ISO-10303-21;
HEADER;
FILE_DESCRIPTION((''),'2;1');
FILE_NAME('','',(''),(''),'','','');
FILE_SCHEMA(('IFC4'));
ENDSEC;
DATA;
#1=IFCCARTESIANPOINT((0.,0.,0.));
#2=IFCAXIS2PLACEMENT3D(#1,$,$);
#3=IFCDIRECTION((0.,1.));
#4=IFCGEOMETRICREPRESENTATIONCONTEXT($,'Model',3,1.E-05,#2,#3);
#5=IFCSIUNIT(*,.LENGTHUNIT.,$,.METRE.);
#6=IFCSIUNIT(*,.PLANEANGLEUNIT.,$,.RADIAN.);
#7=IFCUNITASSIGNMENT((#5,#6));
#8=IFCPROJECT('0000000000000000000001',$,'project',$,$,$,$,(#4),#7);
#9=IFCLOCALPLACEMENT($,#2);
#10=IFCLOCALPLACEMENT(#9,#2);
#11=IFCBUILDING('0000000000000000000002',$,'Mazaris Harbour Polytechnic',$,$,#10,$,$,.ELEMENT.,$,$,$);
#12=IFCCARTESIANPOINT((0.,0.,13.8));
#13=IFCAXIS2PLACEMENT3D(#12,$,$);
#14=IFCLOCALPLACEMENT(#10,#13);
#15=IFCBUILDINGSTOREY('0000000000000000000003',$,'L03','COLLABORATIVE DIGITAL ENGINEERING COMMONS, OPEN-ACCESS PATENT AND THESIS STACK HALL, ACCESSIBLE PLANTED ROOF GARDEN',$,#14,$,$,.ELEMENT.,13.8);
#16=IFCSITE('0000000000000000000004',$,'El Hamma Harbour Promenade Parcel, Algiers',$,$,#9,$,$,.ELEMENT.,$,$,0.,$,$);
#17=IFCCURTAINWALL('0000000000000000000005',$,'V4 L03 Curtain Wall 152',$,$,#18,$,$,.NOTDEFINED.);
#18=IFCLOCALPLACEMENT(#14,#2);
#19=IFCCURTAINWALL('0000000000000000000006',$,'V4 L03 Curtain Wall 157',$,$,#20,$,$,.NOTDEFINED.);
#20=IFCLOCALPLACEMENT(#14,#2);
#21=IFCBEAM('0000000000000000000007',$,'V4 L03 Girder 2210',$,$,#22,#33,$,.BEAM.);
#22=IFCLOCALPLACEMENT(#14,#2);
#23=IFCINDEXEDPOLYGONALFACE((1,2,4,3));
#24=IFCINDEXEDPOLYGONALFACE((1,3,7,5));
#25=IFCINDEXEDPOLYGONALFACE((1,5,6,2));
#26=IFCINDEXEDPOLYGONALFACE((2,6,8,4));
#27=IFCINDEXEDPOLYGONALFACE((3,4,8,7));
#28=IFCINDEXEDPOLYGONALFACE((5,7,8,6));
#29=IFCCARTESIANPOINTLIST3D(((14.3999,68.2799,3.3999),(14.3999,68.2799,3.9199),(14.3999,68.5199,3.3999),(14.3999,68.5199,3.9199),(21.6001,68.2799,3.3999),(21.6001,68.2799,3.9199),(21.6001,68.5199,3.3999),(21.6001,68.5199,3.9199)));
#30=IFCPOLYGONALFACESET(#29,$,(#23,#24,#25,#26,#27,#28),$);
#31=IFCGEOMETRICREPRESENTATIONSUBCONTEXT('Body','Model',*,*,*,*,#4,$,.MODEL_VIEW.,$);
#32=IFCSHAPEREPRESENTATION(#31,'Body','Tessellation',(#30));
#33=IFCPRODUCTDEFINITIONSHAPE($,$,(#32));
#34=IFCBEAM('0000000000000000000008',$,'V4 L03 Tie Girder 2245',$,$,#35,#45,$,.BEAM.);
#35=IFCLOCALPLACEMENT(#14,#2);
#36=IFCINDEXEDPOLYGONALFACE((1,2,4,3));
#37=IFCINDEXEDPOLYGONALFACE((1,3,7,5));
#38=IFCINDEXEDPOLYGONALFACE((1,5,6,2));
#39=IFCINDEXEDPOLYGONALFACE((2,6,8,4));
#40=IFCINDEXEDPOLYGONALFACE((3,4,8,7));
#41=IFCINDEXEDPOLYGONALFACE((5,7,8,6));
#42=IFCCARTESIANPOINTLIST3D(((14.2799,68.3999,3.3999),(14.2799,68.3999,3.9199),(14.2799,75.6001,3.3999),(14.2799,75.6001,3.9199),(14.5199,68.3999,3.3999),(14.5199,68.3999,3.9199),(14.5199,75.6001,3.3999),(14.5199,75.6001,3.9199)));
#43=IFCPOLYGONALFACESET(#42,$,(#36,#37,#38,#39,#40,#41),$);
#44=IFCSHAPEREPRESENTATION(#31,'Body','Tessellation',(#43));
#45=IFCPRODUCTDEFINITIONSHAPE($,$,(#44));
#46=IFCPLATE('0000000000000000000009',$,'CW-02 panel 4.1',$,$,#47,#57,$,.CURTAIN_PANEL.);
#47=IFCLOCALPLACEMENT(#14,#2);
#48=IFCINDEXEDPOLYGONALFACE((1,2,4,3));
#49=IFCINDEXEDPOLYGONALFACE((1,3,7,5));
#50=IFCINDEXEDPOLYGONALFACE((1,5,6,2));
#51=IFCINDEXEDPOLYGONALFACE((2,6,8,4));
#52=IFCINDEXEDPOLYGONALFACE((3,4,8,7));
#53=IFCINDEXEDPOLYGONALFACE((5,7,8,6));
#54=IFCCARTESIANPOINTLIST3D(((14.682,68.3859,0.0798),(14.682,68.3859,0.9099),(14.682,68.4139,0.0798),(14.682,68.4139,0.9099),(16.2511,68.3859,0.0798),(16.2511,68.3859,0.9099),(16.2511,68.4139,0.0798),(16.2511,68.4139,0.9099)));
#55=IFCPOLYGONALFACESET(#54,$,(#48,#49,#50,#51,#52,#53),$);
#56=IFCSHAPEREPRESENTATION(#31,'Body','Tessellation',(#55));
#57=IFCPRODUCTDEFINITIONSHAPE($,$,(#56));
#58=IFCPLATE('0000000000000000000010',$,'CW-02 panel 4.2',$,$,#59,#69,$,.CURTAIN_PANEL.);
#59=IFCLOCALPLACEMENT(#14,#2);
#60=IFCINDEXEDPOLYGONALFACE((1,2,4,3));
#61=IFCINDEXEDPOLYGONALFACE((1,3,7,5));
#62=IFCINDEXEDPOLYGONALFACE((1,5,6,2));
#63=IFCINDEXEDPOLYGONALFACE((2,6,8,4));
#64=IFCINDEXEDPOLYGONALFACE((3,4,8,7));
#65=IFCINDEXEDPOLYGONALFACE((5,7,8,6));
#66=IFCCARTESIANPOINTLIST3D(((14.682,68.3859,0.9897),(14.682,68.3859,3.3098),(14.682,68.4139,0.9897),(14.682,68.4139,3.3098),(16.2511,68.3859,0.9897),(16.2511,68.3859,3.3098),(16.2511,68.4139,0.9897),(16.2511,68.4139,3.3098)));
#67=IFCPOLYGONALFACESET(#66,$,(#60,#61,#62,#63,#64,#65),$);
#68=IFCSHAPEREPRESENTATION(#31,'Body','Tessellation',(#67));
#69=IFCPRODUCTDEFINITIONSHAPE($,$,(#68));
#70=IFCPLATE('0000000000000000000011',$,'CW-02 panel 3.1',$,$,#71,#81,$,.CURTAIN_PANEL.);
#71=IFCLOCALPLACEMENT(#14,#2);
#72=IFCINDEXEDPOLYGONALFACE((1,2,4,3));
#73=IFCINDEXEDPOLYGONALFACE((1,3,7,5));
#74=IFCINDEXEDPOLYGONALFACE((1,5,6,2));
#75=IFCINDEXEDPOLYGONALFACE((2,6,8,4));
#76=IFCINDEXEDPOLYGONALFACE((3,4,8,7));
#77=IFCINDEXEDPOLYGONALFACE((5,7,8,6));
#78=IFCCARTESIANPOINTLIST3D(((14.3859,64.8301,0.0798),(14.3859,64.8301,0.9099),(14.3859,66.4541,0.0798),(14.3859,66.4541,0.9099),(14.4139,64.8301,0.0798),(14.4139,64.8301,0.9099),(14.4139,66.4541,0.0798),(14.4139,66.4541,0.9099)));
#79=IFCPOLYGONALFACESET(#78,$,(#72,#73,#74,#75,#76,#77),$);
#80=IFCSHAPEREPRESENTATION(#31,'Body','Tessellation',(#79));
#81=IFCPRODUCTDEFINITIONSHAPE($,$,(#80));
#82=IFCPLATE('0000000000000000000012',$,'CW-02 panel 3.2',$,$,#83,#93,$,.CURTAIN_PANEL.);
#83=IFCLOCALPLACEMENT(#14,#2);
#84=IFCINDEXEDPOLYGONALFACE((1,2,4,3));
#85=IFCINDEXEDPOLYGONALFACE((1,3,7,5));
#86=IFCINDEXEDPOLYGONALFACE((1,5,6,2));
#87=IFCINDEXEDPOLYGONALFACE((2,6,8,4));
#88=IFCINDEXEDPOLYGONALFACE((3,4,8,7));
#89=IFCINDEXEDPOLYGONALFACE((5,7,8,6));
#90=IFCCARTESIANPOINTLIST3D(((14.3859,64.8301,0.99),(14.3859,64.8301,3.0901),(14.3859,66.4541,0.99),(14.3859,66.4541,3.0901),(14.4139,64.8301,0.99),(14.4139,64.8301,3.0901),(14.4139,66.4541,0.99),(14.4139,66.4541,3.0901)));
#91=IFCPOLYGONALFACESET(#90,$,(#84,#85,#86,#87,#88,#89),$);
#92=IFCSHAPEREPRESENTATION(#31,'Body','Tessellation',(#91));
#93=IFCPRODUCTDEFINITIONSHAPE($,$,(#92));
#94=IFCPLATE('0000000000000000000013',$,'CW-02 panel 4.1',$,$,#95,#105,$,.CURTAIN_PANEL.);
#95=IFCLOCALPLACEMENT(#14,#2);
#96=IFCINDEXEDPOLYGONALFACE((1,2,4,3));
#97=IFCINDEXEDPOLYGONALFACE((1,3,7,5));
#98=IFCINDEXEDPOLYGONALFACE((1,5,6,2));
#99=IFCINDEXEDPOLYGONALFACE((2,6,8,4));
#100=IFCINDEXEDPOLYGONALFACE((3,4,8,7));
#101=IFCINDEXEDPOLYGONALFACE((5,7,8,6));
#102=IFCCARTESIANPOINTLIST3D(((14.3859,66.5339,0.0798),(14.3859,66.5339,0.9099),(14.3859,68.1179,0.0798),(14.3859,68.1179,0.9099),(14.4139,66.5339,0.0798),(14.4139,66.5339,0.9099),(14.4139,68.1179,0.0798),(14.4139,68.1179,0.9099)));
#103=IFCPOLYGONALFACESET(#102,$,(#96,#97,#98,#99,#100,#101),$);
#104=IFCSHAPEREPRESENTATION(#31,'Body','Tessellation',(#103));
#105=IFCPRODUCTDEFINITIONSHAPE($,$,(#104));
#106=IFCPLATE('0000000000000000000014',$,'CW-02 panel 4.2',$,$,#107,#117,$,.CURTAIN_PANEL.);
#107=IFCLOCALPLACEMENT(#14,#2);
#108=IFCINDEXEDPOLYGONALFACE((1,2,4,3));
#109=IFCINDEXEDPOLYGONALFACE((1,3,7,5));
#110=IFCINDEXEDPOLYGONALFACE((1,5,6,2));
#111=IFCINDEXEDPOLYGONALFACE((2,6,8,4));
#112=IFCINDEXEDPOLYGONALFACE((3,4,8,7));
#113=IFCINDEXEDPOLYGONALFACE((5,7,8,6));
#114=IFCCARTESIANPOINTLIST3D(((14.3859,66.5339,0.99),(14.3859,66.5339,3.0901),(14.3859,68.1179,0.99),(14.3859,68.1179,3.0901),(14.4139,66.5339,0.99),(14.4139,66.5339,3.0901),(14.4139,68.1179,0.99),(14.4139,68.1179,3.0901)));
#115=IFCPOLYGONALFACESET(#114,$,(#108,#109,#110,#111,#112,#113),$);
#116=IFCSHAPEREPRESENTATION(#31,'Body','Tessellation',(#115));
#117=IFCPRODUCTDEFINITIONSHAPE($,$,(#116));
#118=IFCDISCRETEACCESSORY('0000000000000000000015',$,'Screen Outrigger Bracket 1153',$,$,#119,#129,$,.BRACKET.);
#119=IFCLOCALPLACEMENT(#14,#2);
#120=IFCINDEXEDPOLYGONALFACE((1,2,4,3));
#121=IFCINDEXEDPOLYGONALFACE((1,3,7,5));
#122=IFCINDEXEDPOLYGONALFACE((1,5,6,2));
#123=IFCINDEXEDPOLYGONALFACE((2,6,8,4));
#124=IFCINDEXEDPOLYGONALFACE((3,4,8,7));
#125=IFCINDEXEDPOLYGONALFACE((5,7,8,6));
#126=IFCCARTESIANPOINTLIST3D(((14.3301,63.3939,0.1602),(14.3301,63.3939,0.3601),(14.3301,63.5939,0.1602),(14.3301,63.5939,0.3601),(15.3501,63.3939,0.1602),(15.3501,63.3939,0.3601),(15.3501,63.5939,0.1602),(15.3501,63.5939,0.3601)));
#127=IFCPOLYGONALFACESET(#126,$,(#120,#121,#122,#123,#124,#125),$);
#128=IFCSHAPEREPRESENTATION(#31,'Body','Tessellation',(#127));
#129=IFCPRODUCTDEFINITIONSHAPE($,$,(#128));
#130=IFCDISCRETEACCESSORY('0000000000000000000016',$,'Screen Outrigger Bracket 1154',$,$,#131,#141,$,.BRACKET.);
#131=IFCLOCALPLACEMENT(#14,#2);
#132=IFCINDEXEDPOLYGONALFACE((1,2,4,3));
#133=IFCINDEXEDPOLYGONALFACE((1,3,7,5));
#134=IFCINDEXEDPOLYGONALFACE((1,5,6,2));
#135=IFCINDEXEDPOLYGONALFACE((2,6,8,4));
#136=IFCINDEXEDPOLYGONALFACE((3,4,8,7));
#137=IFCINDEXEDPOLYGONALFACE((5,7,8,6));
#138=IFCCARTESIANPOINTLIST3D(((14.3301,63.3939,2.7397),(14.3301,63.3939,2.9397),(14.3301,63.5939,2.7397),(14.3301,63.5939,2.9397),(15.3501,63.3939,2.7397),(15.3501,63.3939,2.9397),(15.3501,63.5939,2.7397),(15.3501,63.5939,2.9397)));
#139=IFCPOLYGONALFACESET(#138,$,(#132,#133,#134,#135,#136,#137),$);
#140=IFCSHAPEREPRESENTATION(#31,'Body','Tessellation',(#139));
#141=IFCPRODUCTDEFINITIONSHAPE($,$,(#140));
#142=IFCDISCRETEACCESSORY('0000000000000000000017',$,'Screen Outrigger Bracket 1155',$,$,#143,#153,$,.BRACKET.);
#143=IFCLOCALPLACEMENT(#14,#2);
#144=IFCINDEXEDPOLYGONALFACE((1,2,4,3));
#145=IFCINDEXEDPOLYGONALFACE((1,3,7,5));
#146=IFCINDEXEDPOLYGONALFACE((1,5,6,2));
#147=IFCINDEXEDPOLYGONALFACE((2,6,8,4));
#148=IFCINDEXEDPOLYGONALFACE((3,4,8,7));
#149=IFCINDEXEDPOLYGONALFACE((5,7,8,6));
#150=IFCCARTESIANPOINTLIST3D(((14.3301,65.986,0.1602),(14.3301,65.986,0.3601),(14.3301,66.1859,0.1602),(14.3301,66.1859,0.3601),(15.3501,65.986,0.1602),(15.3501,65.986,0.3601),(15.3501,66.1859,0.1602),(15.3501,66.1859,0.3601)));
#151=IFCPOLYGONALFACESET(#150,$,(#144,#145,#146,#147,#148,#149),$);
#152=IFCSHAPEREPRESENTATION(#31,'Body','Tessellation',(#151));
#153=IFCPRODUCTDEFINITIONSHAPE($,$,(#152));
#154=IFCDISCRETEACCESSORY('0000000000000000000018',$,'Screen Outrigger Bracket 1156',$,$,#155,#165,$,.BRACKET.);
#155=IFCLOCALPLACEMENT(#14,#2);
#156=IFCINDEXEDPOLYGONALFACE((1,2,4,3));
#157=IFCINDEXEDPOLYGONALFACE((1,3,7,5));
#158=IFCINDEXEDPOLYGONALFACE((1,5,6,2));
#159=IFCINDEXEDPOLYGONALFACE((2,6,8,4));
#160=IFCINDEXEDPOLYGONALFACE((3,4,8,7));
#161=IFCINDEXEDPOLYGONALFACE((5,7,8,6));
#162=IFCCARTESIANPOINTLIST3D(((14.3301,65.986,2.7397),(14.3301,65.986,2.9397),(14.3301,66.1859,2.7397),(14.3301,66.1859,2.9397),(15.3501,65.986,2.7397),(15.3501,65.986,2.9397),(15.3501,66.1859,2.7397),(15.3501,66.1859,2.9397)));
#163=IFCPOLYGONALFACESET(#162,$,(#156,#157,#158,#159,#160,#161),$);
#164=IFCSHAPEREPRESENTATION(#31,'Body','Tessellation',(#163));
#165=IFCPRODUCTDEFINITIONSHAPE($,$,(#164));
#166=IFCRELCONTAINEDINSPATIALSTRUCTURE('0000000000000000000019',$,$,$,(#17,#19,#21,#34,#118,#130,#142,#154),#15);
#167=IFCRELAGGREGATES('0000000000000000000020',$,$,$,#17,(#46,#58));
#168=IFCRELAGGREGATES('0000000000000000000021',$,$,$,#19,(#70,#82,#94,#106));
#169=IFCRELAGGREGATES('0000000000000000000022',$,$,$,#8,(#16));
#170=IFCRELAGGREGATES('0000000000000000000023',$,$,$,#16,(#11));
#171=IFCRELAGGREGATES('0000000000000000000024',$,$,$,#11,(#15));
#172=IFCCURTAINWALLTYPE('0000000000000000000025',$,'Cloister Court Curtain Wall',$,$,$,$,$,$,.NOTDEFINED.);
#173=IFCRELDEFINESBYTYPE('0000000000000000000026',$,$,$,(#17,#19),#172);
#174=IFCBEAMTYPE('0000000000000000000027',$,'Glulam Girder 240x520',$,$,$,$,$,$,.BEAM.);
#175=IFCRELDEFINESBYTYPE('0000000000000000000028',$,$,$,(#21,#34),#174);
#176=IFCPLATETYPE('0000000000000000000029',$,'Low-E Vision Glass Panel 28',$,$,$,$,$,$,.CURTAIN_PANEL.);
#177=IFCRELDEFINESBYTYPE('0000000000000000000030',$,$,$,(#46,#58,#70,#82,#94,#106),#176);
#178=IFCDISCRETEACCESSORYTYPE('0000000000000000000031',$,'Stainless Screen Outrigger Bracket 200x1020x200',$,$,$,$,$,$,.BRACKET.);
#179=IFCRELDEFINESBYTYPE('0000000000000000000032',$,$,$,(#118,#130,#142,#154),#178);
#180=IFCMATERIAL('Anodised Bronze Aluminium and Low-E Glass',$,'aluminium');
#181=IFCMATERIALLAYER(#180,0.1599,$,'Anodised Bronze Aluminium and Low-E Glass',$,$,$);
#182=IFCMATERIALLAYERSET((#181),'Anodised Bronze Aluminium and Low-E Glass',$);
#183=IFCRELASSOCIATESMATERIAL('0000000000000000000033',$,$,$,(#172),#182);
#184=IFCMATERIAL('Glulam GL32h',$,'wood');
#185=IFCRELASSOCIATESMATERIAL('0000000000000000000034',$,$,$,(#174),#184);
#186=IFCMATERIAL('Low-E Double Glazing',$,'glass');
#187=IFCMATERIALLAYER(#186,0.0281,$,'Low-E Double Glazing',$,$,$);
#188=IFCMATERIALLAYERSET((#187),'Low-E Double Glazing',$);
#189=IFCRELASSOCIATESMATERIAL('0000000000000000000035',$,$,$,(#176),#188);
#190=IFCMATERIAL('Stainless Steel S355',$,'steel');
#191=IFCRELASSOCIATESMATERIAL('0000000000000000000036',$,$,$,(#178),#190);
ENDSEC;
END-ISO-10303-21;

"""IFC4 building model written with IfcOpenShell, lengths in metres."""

from ifc_helpers import new_model, si_unit, direction, frame, origin, origin_2d, place, context, subcontext, project, spatial, rectangle, extrude, material, layer, layer_set, material_profile, profile_set, type_object, element, aggregate, save


model = new_model("IFC4")

# Units and contexts
model_context = context("Model", 3, precision=1e-05, world=origin(), true_north=direction((0.0, 1.0)))
body_context = subcontext(model_context, "Body", "Model", "MODEL_VIEW")
ifc_project = project(units=[si_unit("LENGTHUNIT", "METRE"), si_unit("PLANEANGLEUNIT", "RADIAN")], contexts=[model_context])

# Site, building, storey
site_placement = place(None, origin())
site = spatial("IfcSite", under=ifc_project, at=site_placement, Name="El Hamma Harbour Promenade Parcel, Algiers", CompositionType="ELEMENT", RefElevation=0.0)
building_placement = place(site_placement, origin())
building = spatial("IfcBuilding", under=site, at=building_placement, Name="Mazaris Harbour Polytechnic", CompositionType="ELEMENT")
storey_placement = place(building_placement, frame((0.0, 0.0, 13.8)))
storey = spatial("IfcBuildingStorey", under=building, at=storey_placement, Name="L03", Description="COLLABORATIVE DIGITAL ENGINEERING COMMONS, OPEN-ACCESS PATENT AND THESIS STACK HALL, ACCESSIBLE PLANTED ROOF GARDEN", CompositionType="ELEMENT", Elevation=13.8)

# Curtain wall
ifc_material_1 = material(Name="Anodised Bronze Aluminium and Low-E Glass", Category="aluminium")
ifc_layer_1 = layer(ifc_material_1, 0.1599, Name="Anodised Bronze Aluminium and Low-E Glass")
ifc_layer_set_1 = layer_set([ifc_layer_1], Name="Anodised Bronze Aluminium and Low-E Glass")
curtain_wall_type = type_object("IfcCurtainWallType", Name="Cloister Court Curtain Wall", PredefinedType="NOTDEFINED", material=ifc_layer_set_1)
curtain_wall_1_placement = place(storey_placement, origin())
curtain_wall_1 = element("IfcCurtainWall", 1, at=curtain_wall_1_placement, inside=storey, type_object=curtain_wall_type, Name="V4 L03 Curtain Wall 152", PredefinedType="NOTDEFINED")

# Curtain wall
curtain_wall_2_placement = place(storey_placement, origin())
curtain_wall_2 = element("IfcCurtainWall", 2, at=curtain_wall_2_placement, inside=storey, type_object=curtain_wall_type, Name="V4 L03 Curtain Wall 157", PredefinedType="NOTDEFINED")

# Beams
ifc_material_2 = material(Name="Glulam GL32h", Category="wood")
ifc_material_profile_1 = material_profile(ifc_material_2, rectangle(XDim=0.24, YDim=0.52, at=origin_2d()), Name="RECT240x520")
ifc_profile_set_1 = profile_set([ifc_material_profile_1], Name="Glulam GL32h")
beam_type = type_object("IfcBeamType", Name="Glulam Girder 240x520", PredefinedType="BEAM", material=ifc_profile_set_1)
for number, where, z_axis, x_axis, name in (
    (3, (14.3999, 68.3999, 3.6599), (1.0, 0.0, 0.0), (0.0, 1.0, 0.0), "V4 L03 Girder 2210"),
    (4, (14.3999, 68.3999, 3.6599), (0.0, 1.0, 0.0), (-1.0, 0.0, 0.0), "V4 L03 Tie Girder 2245"),
):
    element("IfcBeam", number, at=place(storey_placement, frame(where, z_axis=z_axis, x_axis=x_axis)), inside=storey, type_object=beam_type, Name=name, PredefinedType="BEAM", context=body_context, shape_type="SweptSolid", body=[
        extrude(rectangle(XDim=0.24, YDim=0.52, at=origin_2d()), origin(), (0.0, 0.0, 1.0), 7.2002),
    ])

# Plates
ifc_material_3 = material(Name="Low-E Double Glazing", Category="glass")
ifc_layer_2 = layer(ifc_material_3, 0.0281, Name="Low-E Double Glazing")
ifc_layer_set_2 = layer_set([ifc_layer_2], Name="Low-E Double Glazing")
plate_type = type_object("IfcPlateType", Name="Low-E Vision Glass Panel 28", PredefinedType="CURTAIN_PANEL", material=ifc_layer_set_2)
plate_1_placement = place(storey_placement, frame((15.4666, 68.3999, 0.0798), z_axis=(0.0, 0.0, 1.0), x_axis=(-1.0, 0.0, 0.0)))
plate_1 = element("IfcPlate", 5, at=plate_1_placement, type_object=plate_type, Name="CW-02 panel 4.1", PredefinedType="CURTAIN_PANEL", context=body_context, shape_type="SweptSolid", body=[
    extrude(rectangle(XDim=1.5691, YDim=0.0281, at=origin_2d()), origin(), (0.0, 0.0, 1.0), 0.8301),
])
plate_2_placement = place(storey_placement, frame((15.4666, 68.3999, 0.9897), z_axis=(0.0, 0.0, 1.0), x_axis=(-1.0, 0.0, 0.0)))
plate_2 = element("IfcPlate", 6, at=plate_2_placement, type_object=plate_type, Name="CW-02 panel 4.2", PredefinedType="CURTAIN_PANEL", context=body_context, shape_type="SweptSolid", body=[
    extrude(rectangle(XDim=1.5691, YDim=0.0281, at=origin_2d()), origin(), (0.0, 0.0, 1.0), 2.3201),
])
aggregate(curtain_wall_1, [plate_1, plate_2])
plate_3_placement = place(storey_placement, frame((14.3999, 65.6421, 0.0798), z_axis=(0.0, 0.0, 1.0), x_axis=(0.0, 1.0, 0.0)))
plate_3 = element("IfcPlate", 7, at=plate_3_placement, type_object=plate_type, Name="CW-02 panel 3.1", PredefinedType="CURTAIN_PANEL", context=body_context, shape_type="SweptSolid", body=[
    extrude(rectangle(XDim=1.624, YDim=0.0281, at=origin_2d()), origin(), (0.0, 0.0, 1.0), 0.8301),
])
plate_4_placement = place(storey_placement, frame((14.3999, 65.6421, 0.99), z_axis=(0.0, 0.0, 1.0), x_axis=(0.0, 1.0, 0.0)))
plate_4 = element("IfcPlate", 8, at=plate_4_placement, type_object=plate_type, Name="CW-02 panel 3.2", PredefinedType="CURTAIN_PANEL", context=body_context, shape_type="SweptSolid", body=[
    extrude(rectangle(XDim=1.624, YDim=0.0281, at=origin_2d()), origin(), (0.0, 0.0, 1.0), 2.1001),
])
plate_5_placement = place(storey_placement, frame((14.3999, 67.3259, 0.0798), z_axis=(0.0, 0.0, 1.0), x_axis=(0.0, 1.0, 0.0)))
plate_5 = element("IfcPlate", 9, at=plate_5_placement, type_object=plate_type, Name="CW-02 panel 4.1", PredefinedType="CURTAIN_PANEL", context=body_context, shape_type="SweptSolid", body=[
    extrude(rectangle(XDim=1.584, YDim=0.0281, at=origin_2d()), origin(), (0.0, 0.0, 1.0), 0.8301),
])
plate_6_placement = place(storey_placement, frame((14.3999, 67.3259, 0.99), z_axis=(0.0, 0.0, 1.0), x_axis=(0.0, 1.0, 0.0)))
plate_6 = element("IfcPlate", 10, at=plate_6_placement, type_object=plate_type, Name="CW-02 panel 4.2", PredefinedType="CURTAIN_PANEL", context=body_context, shape_type="SweptSolid", body=[
    extrude(rectangle(XDim=1.584, YDim=0.0281, at=origin_2d()), origin(), (0.0, 0.0, 1.0), 2.1001),
])
aggregate(curtain_wall_2, [plate_3, plate_4, plate_5, plate_6])

# Discrete accessories
ifc_material_4 = material(Name="Stainless Steel S355", Category="steel")
discrete_accessory_type = type_object("IfcDiscreteAccessoryType", Name="Stainless Screen Outrigger Bracket 200x1020x200", PredefinedType="BRACKET", material=ifc_material_4)
for number, where, z_axis, x_axis, name in (
    (11, (14.8401, 63.4939, 0.1602), (0.0, 0.0, 1.0), (0.0, 1.0, 0.0), "Screen Outrigger Bracket 1153"),
    (12, (14.8401, 63.4939, 2.7397), (0.0, 0.0, 1.0), (0.0, 1.0, 0.0), "Screen Outrigger Bracket 1154"),
    (13, (14.8401, 66.0859, 0.1602), (0.0, 0.0, 1.0), (0.0, 1.0, 0.0), "Screen Outrigger Bracket 1155"),
    (14, (14.8401, 66.0859, 2.7397), (0.0, 0.0, 1.0), (0.0, 1.0, 0.0), "Screen Outrigger Bracket 1156"),
):
    element("IfcDiscreteAccessory", number, at=place(storey_placement, frame(where, z_axis=z_axis, x_axis=x_axis)), inside=storey, type_object=discrete_accessory_type, Name=name, PredefinedType="BRACKET", context=body_context, shape_type="SweptSolid", body=[
        extrude(rectangle(XDim=0.2, YDim=1.02, at=origin_2d()), origin(), (0.0, 0.0, 1.0), 0.2),
    ])

save(model, "model.ifc")
